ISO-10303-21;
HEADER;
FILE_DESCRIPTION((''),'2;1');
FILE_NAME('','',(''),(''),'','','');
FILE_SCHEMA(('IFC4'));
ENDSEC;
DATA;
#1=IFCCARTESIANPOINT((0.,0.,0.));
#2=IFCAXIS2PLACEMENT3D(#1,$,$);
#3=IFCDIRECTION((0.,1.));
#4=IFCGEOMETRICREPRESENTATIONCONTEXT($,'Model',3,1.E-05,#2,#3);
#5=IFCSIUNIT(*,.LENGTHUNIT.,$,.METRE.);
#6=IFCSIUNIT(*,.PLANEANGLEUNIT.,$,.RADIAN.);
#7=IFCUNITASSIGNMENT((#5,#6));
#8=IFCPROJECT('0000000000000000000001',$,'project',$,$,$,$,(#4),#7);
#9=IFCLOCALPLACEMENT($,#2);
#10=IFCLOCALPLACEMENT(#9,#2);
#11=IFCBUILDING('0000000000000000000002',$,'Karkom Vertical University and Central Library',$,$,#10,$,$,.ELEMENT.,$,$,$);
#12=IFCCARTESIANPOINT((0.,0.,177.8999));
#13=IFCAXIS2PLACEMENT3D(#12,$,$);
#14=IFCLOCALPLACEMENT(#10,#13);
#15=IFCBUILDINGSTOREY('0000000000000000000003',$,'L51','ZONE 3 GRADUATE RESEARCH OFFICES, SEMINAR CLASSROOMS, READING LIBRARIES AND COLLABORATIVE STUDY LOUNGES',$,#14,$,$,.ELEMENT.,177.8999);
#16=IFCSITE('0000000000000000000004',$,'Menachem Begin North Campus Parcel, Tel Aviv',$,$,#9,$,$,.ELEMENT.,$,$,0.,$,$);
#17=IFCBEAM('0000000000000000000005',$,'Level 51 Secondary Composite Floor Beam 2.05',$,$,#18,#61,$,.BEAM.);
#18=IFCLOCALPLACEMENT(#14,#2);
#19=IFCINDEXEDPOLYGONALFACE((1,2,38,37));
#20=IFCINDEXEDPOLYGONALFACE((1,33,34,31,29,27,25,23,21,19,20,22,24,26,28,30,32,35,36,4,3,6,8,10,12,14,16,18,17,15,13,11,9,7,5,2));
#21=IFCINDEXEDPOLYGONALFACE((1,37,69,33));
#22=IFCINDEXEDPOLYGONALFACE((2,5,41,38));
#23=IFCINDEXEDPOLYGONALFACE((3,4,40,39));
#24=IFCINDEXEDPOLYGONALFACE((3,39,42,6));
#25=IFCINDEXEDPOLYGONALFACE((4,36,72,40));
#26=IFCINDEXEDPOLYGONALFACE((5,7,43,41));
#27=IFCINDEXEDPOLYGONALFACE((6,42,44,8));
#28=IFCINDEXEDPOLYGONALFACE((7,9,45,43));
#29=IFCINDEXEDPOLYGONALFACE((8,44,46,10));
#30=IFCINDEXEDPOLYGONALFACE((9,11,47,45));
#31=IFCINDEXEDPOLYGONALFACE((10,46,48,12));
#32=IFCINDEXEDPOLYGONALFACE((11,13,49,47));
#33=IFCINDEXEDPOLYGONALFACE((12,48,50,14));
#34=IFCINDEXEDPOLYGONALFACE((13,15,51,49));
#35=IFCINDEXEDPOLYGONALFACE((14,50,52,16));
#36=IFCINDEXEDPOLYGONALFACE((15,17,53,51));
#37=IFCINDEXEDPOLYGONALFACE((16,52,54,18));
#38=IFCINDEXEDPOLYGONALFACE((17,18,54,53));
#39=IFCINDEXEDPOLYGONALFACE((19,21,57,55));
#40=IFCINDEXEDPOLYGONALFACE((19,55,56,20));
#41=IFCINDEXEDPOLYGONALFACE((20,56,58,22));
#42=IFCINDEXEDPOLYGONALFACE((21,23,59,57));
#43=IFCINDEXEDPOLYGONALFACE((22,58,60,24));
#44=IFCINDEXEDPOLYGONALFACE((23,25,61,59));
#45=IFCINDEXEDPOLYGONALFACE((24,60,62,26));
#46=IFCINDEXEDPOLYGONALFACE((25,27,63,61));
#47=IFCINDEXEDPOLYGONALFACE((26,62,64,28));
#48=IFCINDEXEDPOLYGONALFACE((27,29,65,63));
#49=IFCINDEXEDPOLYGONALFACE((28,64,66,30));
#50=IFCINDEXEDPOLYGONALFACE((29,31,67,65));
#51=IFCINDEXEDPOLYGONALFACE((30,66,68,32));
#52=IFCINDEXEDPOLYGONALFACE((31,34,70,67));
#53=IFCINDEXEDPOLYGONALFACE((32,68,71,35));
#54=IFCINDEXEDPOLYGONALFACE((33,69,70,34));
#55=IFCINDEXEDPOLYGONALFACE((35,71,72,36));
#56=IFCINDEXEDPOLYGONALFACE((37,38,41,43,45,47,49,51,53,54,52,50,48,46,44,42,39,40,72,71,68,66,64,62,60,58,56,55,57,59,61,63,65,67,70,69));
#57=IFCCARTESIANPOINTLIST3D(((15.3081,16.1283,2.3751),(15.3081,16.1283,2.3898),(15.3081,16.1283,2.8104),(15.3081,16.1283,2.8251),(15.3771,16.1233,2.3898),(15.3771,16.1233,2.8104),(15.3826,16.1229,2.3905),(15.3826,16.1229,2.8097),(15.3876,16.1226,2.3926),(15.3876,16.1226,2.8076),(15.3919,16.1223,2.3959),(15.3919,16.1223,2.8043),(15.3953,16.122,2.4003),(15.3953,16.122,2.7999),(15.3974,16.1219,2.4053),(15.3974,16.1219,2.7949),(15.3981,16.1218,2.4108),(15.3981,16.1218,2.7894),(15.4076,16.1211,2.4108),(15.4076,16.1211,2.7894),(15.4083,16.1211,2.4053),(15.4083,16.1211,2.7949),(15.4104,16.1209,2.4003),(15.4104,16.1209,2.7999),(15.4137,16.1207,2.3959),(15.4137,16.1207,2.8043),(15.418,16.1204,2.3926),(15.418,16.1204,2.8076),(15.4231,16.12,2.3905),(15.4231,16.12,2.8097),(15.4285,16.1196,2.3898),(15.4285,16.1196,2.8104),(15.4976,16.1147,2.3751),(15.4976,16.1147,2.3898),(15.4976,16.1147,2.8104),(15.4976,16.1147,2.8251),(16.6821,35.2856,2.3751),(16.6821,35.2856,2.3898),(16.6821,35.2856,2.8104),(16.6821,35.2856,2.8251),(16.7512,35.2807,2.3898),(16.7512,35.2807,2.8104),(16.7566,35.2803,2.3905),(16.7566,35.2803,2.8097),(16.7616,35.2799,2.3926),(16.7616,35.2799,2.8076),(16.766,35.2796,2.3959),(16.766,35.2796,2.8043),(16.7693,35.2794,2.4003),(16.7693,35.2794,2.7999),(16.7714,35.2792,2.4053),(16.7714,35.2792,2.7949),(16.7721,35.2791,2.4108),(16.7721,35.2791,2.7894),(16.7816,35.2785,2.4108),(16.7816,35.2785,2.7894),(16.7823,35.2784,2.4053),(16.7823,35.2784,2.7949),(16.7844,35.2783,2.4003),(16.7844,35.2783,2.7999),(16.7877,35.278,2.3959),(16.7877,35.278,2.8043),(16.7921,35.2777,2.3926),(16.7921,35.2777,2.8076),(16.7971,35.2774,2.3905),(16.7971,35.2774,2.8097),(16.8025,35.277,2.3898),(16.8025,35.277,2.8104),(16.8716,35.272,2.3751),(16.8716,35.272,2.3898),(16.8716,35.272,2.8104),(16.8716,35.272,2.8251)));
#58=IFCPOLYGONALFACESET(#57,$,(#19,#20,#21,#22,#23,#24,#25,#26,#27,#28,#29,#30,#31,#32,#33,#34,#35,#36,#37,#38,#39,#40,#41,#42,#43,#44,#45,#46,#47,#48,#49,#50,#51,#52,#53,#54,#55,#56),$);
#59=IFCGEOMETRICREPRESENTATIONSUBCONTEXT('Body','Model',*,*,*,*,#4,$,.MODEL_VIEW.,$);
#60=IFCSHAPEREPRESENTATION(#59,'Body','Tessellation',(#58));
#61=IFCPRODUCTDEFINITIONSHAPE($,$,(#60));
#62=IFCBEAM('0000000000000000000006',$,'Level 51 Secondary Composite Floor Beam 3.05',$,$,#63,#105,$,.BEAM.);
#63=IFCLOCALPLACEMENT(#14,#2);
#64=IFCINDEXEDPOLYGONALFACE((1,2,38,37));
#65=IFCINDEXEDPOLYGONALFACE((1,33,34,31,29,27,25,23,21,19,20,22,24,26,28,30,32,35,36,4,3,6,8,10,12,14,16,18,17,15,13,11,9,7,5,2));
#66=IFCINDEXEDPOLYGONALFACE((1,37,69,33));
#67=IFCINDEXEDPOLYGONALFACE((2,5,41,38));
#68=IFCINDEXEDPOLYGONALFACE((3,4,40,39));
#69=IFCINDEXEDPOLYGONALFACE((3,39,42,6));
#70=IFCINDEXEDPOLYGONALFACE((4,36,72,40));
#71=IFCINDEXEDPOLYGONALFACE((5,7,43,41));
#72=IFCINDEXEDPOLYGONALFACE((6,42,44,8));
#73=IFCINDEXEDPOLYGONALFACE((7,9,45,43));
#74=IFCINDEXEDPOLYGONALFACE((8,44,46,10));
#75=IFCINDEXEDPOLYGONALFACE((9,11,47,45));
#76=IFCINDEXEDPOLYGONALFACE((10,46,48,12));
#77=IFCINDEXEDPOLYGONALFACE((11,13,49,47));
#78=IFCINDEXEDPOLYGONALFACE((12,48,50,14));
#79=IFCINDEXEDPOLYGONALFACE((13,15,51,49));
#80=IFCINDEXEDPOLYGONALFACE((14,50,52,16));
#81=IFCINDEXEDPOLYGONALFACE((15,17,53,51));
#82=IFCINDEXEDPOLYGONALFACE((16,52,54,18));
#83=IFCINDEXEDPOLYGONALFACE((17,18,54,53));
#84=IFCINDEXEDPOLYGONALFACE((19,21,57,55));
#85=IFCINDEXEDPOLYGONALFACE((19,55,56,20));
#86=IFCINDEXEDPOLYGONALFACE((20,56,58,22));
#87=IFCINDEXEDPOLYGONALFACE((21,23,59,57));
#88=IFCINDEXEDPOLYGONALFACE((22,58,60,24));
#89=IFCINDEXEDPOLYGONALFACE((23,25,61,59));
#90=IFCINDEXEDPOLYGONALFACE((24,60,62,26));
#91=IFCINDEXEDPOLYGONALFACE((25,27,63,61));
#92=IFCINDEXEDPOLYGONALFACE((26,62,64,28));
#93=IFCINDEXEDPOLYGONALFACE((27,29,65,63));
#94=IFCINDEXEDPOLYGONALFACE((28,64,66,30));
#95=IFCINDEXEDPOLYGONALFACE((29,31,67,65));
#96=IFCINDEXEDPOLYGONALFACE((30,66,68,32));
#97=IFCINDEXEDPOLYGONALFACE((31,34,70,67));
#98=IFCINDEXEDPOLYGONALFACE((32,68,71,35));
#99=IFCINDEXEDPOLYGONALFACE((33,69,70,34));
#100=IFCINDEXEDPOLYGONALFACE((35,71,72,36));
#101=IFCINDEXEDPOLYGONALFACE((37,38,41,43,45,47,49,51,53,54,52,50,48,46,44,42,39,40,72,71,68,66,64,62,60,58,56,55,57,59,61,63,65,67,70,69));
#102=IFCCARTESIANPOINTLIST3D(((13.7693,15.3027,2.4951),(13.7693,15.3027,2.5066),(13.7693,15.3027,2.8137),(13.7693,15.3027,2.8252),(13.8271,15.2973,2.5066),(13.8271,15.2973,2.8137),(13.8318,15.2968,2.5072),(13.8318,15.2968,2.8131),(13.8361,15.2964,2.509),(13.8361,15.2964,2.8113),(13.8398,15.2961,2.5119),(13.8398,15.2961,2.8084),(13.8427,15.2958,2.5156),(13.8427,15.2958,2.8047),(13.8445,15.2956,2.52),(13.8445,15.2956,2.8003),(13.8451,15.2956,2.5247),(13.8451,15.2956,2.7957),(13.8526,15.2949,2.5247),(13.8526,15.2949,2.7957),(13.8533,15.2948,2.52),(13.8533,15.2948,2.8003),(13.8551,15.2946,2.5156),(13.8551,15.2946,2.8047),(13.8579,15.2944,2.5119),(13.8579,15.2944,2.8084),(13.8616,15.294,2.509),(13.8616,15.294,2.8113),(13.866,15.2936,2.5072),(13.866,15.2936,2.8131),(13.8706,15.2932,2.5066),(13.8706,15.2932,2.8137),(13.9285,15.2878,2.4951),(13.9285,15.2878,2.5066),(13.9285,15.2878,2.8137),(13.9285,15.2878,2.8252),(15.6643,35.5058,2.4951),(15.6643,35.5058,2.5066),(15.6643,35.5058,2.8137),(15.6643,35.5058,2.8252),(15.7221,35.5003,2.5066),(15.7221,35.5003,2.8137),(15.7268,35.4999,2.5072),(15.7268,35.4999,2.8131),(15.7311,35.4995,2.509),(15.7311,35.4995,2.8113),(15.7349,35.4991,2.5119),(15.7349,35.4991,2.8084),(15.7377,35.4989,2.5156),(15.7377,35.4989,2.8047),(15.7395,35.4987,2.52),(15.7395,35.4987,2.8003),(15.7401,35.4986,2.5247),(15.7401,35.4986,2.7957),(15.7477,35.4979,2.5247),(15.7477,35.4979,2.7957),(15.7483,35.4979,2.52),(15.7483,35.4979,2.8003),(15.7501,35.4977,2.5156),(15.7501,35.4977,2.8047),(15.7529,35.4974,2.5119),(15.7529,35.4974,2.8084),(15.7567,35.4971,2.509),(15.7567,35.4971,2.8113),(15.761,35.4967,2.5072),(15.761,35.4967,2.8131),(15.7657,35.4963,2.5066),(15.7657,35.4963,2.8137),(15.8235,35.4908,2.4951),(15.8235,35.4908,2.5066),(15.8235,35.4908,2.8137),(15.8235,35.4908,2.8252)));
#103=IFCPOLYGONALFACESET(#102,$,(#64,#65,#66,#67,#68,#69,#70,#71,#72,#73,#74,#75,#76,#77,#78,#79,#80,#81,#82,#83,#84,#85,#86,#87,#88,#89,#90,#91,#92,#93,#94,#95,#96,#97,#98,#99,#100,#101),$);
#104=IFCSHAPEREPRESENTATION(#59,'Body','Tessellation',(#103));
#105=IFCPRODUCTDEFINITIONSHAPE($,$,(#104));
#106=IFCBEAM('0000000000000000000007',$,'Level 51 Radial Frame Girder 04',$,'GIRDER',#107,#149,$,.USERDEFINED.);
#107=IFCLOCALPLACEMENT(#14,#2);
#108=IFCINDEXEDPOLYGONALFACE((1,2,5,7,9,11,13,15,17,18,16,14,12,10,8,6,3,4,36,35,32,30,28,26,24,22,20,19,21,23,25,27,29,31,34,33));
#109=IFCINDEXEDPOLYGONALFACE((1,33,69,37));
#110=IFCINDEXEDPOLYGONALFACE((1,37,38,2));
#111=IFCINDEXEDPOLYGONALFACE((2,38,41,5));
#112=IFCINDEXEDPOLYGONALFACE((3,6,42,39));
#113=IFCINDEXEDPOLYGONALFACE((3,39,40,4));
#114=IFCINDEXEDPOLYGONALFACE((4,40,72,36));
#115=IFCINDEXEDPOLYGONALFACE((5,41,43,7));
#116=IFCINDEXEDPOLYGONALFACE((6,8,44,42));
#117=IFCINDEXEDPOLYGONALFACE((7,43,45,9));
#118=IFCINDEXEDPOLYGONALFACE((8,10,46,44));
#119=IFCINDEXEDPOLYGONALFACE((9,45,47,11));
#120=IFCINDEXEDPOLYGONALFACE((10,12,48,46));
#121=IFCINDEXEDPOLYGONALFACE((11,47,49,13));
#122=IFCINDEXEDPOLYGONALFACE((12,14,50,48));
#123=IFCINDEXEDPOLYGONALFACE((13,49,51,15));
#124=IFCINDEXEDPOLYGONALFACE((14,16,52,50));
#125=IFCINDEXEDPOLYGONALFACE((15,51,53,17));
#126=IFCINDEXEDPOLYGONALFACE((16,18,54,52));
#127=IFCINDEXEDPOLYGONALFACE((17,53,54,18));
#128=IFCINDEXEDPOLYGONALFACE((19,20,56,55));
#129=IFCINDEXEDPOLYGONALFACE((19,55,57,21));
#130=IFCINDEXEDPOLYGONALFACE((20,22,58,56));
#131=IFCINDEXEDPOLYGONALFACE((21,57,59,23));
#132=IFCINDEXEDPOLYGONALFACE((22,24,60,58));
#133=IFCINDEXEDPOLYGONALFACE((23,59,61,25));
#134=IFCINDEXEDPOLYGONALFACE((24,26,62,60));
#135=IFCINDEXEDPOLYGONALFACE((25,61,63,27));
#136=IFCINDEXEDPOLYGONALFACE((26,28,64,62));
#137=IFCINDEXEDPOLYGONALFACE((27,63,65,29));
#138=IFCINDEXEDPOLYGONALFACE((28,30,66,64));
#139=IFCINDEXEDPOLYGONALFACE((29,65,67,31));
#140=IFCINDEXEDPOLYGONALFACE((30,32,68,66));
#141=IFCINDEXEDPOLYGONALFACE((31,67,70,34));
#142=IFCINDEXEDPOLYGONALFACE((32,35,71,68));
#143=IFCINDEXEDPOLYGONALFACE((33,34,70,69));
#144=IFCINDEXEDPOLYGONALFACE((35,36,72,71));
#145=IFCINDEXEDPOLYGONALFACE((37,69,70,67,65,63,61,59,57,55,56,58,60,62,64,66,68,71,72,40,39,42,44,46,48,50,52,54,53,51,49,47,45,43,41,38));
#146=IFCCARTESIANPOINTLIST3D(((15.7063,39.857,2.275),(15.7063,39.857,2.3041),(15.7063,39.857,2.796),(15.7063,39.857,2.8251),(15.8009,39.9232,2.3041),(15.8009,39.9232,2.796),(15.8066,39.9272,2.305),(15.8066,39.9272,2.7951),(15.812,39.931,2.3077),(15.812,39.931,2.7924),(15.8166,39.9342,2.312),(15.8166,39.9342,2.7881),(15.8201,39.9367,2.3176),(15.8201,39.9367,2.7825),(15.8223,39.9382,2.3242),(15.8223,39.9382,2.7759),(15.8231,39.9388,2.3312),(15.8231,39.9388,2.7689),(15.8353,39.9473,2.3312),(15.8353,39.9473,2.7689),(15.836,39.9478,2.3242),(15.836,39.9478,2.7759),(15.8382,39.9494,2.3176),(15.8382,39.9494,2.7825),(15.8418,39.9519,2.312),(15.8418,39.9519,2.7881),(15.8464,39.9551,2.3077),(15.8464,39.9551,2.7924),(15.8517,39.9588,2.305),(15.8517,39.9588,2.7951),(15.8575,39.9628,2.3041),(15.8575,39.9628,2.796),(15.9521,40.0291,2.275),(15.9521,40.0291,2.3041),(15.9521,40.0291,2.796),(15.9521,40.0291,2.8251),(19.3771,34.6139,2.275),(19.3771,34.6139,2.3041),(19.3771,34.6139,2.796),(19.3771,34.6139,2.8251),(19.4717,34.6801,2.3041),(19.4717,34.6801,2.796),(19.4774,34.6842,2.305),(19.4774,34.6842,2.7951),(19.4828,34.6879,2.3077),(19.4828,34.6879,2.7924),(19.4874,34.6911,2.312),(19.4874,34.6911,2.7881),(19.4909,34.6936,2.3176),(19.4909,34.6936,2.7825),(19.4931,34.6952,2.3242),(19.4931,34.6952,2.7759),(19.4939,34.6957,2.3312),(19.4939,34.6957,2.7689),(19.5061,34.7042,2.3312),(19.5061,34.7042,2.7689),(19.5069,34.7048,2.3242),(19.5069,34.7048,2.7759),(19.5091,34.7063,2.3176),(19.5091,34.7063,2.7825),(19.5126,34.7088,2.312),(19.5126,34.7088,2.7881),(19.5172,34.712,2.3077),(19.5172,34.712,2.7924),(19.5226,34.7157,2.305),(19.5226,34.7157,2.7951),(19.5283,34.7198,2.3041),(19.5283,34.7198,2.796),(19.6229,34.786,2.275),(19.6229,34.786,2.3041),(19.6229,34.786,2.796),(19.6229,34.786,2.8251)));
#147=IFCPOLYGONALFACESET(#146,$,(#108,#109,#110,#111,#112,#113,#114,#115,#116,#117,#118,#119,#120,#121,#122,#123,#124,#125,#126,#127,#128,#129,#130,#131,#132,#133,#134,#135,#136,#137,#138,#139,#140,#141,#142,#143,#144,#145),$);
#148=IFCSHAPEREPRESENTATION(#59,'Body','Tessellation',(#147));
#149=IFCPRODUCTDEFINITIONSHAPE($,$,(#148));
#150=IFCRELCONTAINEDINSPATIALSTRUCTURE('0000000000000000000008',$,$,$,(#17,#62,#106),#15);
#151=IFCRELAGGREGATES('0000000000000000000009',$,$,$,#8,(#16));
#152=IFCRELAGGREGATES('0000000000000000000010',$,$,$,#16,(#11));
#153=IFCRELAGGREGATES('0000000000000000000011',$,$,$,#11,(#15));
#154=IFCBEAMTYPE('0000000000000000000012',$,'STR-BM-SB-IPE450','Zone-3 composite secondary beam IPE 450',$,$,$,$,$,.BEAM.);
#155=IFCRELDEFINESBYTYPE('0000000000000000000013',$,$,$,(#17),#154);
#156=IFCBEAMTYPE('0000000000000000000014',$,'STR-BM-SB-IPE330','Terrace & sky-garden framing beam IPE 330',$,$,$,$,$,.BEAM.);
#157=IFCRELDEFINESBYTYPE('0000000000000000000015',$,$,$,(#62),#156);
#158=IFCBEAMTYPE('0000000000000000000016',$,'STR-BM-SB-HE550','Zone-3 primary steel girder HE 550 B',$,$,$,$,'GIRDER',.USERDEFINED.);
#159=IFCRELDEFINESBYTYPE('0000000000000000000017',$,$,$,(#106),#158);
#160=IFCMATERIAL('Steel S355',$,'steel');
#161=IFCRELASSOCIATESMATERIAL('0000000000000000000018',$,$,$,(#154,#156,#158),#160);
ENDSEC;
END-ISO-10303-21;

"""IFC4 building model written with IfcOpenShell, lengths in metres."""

from ifc_helpers import new_model, si_unit, direction, frame, origin, origin_with_axes, origin_2d, place, context, subcontext, project, spatial, i_section, extrude, source, transform, mapped, material, material_profile, profile_set, type_object, element, save


model = new_model("IFC4")

# Units and contexts
model_context = context("Model", 3, precision=1e-05, world=origin(), true_north=direction((0.0, 1.0)))
body_context = subcontext(model_context, "Body", "Model", "MODEL_VIEW")
ifc_project = project(units=[si_unit("LENGTHUNIT", "METRE"), si_unit("PLANEANGLEUNIT", "RADIAN")], contexts=[model_context])

# Site, building, storey
site_placement = place(None, origin())
site = spatial("IfcSite", under=ifc_project, at=site_placement, Name="Menachem Begin North Campus Parcel, Tel Aviv", CompositionType="ELEMENT", RefElevation=0.0)
building_placement = place(site_placement, origin())
building = spatial("IfcBuilding", under=site, at=building_placement, Name="Karkom Vertical University and Central Library", CompositionType="ELEMENT")
storey_placement = place(building_placement, frame((0.0, 0.0, 177.8999)))
storey = spatial("IfcBuildingStorey", under=building, at=storey_placement, Name="L51", Description="ZONE 3 GRADUATE RESEARCH OFFICES, SEMINAR CLASSROOMS, READING LIBRARIES AND COLLABORATIVE STUDY LOUNGES", CompositionType="ELEMENT", Elevation=177.8999)

# Beams
ifc_material_1 = material(Name="Steel S355", Category="steel")
ifc_material_profile_1 = material_profile(ifc_material_1, i_section(OverallWidth=0.1899, OverallDepth=0.45, WebThickness=0.0095, FlangeThickness=0.0146, FilletRadius=0.021, at=origin_2d()), Name="IPE 450")
ifc_profile_set_1 = profile_set([ifc_material_profile_1], Name="Steel S355")
beam_type_1 = type_object("IfcBeamType", Name="STR-BM-SB-IPE450", Description="Zone-3 composite secondary beam IPE 450", PredefinedType="BEAM", material=ifc_profile_set_1)
shared_shape_1 = source(origin_with_axes(), body_context, "Body", "SweptSolid", [
    extrude(i_section(OverallWidth=0.1899, OverallDepth=0.45, WebThickness=0.0095, FlangeThickness=0.0146, FilletRadius=0.021, at=origin_2d()), origin(), (0.0, 0.0, 1.0), 19.2065),
])
beam_1_placement = place(storey_placement, frame((16.7769, 35.2788, 2.6001), z_axis=(-0.07154, -0.997438, 0.0), x_axis=(0.997438, -0.07154, 0.0)))
element("IfcBeam", 1, at=beam_1_placement, inside=storey, type_object=beam_type_1, Name="Level 51 Secondary Composite Floor Beam 2.05", PredefinedType="BEAM", context=body_context, shape_type="MappedRepresentation", body=[
    mapped(shared_shape_1, transform((0.0, 0.0, 0.0), scale=1.0)),
])
ifc_material_profile_2 = material_profile(ifc_material_1, i_section(OverallWidth=0.1599, OverallDepth=0.3301, WebThickness=0.0076, FlangeThickness=0.0115, FilletRadius=0.0181, at=origin_2d()), Name="IPE 330")
ifc_profile_set_2 = profile_set([ifc_material_profile_2], Name="Steel S355")
beam_type_2 = type_object("IfcBeamType", Name="STR-BM-SB-IPE330", Description="Terrace & sky-garden framing beam IPE 330", PredefinedType="BEAM", material=ifc_profile_set_2)
shared_shape_2 = source(origin_with_axes(), body_context, "Body", "SweptSolid", [
    extrude(i_section(OverallWidth=0.1599, OverallDepth=0.3301, WebThickness=0.0076, FlangeThickness=0.0115, FilletRadius=0.0181, at=origin_2d()), origin(), (0.0, 0.0, 1.0), 20.2917),
])
beam_2_placement = place(storey_placement, frame((15.7439, 35.4983, 2.6602), z_axis=(-0.093388, -0.99563, 0.0), x_axis=(0.99563, -0.093388, 0.0)))
element("IfcBeam", 2, at=beam_2_placement, inside=storey, type_object=beam_type_2, Name="Level 51 Secondary Composite Floor Beam 3.05", PredefinedType="BEAM", context=body_context, shape_type="MappedRepresentation", body=[
    mapped(shared_shape_2, transform((0.0, 0.0, 0.0), scale=1.0)),
])
ifc_material_profile_3 = material_profile(ifc_material_1, i_section(OverallWidth=0.3, OverallDepth=0.55, WebThickness=0.0149, FlangeThickness=0.0291, FilletRadius=0.0271, at=origin_2d()), Name="HE 550 B")
ifc_profile_set_3 = profile_set([ifc_material_profile_3], Name="Steel S355")
beam_type_3 = type_object("IfcBeamType", Name="STR-BM-SB-HE550", Description="Zone-3 primary steel girder HE 550 B", ElementType="GIRDER", PredefinedType="USERDEFINED", material=ifc_profile_set_3)
shared_shape_3 = source(origin_with_axes(), body_context, "Body", "SweptSolid", [
    extrude(i_section(OverallWidth=0.3, OverallDepth=0.55, WebThickness=0.0149, FlangeThickness=0.0291, FilletRadius=0.0271, at=origin_2d()), origin(), (0.0, 0.0, 1.0), 6.4004),
])
beam_3_placement = place(storey_placement, frame((19.5, 34.7, 2.55), z_axis=(-0.573534, 0.819182, 0.0), x_axis=(-0.819182, -0.573534, 0.0)))
element("IfcBeam", 3, at=beam_3_placement, inside=storey, type_object=beam_type_3, Name="Level 51 Radial Frame Girder 04", ObjectType="GIRDER", PredefinedType="USERDEFINED", context=body_context, shape_type="MappedRepresentation", body=[
    mapped(shared_shape_3, transform((0.0, 0.0, 0.0), scale=1.0)),
])

save(model, "model.ifc")
